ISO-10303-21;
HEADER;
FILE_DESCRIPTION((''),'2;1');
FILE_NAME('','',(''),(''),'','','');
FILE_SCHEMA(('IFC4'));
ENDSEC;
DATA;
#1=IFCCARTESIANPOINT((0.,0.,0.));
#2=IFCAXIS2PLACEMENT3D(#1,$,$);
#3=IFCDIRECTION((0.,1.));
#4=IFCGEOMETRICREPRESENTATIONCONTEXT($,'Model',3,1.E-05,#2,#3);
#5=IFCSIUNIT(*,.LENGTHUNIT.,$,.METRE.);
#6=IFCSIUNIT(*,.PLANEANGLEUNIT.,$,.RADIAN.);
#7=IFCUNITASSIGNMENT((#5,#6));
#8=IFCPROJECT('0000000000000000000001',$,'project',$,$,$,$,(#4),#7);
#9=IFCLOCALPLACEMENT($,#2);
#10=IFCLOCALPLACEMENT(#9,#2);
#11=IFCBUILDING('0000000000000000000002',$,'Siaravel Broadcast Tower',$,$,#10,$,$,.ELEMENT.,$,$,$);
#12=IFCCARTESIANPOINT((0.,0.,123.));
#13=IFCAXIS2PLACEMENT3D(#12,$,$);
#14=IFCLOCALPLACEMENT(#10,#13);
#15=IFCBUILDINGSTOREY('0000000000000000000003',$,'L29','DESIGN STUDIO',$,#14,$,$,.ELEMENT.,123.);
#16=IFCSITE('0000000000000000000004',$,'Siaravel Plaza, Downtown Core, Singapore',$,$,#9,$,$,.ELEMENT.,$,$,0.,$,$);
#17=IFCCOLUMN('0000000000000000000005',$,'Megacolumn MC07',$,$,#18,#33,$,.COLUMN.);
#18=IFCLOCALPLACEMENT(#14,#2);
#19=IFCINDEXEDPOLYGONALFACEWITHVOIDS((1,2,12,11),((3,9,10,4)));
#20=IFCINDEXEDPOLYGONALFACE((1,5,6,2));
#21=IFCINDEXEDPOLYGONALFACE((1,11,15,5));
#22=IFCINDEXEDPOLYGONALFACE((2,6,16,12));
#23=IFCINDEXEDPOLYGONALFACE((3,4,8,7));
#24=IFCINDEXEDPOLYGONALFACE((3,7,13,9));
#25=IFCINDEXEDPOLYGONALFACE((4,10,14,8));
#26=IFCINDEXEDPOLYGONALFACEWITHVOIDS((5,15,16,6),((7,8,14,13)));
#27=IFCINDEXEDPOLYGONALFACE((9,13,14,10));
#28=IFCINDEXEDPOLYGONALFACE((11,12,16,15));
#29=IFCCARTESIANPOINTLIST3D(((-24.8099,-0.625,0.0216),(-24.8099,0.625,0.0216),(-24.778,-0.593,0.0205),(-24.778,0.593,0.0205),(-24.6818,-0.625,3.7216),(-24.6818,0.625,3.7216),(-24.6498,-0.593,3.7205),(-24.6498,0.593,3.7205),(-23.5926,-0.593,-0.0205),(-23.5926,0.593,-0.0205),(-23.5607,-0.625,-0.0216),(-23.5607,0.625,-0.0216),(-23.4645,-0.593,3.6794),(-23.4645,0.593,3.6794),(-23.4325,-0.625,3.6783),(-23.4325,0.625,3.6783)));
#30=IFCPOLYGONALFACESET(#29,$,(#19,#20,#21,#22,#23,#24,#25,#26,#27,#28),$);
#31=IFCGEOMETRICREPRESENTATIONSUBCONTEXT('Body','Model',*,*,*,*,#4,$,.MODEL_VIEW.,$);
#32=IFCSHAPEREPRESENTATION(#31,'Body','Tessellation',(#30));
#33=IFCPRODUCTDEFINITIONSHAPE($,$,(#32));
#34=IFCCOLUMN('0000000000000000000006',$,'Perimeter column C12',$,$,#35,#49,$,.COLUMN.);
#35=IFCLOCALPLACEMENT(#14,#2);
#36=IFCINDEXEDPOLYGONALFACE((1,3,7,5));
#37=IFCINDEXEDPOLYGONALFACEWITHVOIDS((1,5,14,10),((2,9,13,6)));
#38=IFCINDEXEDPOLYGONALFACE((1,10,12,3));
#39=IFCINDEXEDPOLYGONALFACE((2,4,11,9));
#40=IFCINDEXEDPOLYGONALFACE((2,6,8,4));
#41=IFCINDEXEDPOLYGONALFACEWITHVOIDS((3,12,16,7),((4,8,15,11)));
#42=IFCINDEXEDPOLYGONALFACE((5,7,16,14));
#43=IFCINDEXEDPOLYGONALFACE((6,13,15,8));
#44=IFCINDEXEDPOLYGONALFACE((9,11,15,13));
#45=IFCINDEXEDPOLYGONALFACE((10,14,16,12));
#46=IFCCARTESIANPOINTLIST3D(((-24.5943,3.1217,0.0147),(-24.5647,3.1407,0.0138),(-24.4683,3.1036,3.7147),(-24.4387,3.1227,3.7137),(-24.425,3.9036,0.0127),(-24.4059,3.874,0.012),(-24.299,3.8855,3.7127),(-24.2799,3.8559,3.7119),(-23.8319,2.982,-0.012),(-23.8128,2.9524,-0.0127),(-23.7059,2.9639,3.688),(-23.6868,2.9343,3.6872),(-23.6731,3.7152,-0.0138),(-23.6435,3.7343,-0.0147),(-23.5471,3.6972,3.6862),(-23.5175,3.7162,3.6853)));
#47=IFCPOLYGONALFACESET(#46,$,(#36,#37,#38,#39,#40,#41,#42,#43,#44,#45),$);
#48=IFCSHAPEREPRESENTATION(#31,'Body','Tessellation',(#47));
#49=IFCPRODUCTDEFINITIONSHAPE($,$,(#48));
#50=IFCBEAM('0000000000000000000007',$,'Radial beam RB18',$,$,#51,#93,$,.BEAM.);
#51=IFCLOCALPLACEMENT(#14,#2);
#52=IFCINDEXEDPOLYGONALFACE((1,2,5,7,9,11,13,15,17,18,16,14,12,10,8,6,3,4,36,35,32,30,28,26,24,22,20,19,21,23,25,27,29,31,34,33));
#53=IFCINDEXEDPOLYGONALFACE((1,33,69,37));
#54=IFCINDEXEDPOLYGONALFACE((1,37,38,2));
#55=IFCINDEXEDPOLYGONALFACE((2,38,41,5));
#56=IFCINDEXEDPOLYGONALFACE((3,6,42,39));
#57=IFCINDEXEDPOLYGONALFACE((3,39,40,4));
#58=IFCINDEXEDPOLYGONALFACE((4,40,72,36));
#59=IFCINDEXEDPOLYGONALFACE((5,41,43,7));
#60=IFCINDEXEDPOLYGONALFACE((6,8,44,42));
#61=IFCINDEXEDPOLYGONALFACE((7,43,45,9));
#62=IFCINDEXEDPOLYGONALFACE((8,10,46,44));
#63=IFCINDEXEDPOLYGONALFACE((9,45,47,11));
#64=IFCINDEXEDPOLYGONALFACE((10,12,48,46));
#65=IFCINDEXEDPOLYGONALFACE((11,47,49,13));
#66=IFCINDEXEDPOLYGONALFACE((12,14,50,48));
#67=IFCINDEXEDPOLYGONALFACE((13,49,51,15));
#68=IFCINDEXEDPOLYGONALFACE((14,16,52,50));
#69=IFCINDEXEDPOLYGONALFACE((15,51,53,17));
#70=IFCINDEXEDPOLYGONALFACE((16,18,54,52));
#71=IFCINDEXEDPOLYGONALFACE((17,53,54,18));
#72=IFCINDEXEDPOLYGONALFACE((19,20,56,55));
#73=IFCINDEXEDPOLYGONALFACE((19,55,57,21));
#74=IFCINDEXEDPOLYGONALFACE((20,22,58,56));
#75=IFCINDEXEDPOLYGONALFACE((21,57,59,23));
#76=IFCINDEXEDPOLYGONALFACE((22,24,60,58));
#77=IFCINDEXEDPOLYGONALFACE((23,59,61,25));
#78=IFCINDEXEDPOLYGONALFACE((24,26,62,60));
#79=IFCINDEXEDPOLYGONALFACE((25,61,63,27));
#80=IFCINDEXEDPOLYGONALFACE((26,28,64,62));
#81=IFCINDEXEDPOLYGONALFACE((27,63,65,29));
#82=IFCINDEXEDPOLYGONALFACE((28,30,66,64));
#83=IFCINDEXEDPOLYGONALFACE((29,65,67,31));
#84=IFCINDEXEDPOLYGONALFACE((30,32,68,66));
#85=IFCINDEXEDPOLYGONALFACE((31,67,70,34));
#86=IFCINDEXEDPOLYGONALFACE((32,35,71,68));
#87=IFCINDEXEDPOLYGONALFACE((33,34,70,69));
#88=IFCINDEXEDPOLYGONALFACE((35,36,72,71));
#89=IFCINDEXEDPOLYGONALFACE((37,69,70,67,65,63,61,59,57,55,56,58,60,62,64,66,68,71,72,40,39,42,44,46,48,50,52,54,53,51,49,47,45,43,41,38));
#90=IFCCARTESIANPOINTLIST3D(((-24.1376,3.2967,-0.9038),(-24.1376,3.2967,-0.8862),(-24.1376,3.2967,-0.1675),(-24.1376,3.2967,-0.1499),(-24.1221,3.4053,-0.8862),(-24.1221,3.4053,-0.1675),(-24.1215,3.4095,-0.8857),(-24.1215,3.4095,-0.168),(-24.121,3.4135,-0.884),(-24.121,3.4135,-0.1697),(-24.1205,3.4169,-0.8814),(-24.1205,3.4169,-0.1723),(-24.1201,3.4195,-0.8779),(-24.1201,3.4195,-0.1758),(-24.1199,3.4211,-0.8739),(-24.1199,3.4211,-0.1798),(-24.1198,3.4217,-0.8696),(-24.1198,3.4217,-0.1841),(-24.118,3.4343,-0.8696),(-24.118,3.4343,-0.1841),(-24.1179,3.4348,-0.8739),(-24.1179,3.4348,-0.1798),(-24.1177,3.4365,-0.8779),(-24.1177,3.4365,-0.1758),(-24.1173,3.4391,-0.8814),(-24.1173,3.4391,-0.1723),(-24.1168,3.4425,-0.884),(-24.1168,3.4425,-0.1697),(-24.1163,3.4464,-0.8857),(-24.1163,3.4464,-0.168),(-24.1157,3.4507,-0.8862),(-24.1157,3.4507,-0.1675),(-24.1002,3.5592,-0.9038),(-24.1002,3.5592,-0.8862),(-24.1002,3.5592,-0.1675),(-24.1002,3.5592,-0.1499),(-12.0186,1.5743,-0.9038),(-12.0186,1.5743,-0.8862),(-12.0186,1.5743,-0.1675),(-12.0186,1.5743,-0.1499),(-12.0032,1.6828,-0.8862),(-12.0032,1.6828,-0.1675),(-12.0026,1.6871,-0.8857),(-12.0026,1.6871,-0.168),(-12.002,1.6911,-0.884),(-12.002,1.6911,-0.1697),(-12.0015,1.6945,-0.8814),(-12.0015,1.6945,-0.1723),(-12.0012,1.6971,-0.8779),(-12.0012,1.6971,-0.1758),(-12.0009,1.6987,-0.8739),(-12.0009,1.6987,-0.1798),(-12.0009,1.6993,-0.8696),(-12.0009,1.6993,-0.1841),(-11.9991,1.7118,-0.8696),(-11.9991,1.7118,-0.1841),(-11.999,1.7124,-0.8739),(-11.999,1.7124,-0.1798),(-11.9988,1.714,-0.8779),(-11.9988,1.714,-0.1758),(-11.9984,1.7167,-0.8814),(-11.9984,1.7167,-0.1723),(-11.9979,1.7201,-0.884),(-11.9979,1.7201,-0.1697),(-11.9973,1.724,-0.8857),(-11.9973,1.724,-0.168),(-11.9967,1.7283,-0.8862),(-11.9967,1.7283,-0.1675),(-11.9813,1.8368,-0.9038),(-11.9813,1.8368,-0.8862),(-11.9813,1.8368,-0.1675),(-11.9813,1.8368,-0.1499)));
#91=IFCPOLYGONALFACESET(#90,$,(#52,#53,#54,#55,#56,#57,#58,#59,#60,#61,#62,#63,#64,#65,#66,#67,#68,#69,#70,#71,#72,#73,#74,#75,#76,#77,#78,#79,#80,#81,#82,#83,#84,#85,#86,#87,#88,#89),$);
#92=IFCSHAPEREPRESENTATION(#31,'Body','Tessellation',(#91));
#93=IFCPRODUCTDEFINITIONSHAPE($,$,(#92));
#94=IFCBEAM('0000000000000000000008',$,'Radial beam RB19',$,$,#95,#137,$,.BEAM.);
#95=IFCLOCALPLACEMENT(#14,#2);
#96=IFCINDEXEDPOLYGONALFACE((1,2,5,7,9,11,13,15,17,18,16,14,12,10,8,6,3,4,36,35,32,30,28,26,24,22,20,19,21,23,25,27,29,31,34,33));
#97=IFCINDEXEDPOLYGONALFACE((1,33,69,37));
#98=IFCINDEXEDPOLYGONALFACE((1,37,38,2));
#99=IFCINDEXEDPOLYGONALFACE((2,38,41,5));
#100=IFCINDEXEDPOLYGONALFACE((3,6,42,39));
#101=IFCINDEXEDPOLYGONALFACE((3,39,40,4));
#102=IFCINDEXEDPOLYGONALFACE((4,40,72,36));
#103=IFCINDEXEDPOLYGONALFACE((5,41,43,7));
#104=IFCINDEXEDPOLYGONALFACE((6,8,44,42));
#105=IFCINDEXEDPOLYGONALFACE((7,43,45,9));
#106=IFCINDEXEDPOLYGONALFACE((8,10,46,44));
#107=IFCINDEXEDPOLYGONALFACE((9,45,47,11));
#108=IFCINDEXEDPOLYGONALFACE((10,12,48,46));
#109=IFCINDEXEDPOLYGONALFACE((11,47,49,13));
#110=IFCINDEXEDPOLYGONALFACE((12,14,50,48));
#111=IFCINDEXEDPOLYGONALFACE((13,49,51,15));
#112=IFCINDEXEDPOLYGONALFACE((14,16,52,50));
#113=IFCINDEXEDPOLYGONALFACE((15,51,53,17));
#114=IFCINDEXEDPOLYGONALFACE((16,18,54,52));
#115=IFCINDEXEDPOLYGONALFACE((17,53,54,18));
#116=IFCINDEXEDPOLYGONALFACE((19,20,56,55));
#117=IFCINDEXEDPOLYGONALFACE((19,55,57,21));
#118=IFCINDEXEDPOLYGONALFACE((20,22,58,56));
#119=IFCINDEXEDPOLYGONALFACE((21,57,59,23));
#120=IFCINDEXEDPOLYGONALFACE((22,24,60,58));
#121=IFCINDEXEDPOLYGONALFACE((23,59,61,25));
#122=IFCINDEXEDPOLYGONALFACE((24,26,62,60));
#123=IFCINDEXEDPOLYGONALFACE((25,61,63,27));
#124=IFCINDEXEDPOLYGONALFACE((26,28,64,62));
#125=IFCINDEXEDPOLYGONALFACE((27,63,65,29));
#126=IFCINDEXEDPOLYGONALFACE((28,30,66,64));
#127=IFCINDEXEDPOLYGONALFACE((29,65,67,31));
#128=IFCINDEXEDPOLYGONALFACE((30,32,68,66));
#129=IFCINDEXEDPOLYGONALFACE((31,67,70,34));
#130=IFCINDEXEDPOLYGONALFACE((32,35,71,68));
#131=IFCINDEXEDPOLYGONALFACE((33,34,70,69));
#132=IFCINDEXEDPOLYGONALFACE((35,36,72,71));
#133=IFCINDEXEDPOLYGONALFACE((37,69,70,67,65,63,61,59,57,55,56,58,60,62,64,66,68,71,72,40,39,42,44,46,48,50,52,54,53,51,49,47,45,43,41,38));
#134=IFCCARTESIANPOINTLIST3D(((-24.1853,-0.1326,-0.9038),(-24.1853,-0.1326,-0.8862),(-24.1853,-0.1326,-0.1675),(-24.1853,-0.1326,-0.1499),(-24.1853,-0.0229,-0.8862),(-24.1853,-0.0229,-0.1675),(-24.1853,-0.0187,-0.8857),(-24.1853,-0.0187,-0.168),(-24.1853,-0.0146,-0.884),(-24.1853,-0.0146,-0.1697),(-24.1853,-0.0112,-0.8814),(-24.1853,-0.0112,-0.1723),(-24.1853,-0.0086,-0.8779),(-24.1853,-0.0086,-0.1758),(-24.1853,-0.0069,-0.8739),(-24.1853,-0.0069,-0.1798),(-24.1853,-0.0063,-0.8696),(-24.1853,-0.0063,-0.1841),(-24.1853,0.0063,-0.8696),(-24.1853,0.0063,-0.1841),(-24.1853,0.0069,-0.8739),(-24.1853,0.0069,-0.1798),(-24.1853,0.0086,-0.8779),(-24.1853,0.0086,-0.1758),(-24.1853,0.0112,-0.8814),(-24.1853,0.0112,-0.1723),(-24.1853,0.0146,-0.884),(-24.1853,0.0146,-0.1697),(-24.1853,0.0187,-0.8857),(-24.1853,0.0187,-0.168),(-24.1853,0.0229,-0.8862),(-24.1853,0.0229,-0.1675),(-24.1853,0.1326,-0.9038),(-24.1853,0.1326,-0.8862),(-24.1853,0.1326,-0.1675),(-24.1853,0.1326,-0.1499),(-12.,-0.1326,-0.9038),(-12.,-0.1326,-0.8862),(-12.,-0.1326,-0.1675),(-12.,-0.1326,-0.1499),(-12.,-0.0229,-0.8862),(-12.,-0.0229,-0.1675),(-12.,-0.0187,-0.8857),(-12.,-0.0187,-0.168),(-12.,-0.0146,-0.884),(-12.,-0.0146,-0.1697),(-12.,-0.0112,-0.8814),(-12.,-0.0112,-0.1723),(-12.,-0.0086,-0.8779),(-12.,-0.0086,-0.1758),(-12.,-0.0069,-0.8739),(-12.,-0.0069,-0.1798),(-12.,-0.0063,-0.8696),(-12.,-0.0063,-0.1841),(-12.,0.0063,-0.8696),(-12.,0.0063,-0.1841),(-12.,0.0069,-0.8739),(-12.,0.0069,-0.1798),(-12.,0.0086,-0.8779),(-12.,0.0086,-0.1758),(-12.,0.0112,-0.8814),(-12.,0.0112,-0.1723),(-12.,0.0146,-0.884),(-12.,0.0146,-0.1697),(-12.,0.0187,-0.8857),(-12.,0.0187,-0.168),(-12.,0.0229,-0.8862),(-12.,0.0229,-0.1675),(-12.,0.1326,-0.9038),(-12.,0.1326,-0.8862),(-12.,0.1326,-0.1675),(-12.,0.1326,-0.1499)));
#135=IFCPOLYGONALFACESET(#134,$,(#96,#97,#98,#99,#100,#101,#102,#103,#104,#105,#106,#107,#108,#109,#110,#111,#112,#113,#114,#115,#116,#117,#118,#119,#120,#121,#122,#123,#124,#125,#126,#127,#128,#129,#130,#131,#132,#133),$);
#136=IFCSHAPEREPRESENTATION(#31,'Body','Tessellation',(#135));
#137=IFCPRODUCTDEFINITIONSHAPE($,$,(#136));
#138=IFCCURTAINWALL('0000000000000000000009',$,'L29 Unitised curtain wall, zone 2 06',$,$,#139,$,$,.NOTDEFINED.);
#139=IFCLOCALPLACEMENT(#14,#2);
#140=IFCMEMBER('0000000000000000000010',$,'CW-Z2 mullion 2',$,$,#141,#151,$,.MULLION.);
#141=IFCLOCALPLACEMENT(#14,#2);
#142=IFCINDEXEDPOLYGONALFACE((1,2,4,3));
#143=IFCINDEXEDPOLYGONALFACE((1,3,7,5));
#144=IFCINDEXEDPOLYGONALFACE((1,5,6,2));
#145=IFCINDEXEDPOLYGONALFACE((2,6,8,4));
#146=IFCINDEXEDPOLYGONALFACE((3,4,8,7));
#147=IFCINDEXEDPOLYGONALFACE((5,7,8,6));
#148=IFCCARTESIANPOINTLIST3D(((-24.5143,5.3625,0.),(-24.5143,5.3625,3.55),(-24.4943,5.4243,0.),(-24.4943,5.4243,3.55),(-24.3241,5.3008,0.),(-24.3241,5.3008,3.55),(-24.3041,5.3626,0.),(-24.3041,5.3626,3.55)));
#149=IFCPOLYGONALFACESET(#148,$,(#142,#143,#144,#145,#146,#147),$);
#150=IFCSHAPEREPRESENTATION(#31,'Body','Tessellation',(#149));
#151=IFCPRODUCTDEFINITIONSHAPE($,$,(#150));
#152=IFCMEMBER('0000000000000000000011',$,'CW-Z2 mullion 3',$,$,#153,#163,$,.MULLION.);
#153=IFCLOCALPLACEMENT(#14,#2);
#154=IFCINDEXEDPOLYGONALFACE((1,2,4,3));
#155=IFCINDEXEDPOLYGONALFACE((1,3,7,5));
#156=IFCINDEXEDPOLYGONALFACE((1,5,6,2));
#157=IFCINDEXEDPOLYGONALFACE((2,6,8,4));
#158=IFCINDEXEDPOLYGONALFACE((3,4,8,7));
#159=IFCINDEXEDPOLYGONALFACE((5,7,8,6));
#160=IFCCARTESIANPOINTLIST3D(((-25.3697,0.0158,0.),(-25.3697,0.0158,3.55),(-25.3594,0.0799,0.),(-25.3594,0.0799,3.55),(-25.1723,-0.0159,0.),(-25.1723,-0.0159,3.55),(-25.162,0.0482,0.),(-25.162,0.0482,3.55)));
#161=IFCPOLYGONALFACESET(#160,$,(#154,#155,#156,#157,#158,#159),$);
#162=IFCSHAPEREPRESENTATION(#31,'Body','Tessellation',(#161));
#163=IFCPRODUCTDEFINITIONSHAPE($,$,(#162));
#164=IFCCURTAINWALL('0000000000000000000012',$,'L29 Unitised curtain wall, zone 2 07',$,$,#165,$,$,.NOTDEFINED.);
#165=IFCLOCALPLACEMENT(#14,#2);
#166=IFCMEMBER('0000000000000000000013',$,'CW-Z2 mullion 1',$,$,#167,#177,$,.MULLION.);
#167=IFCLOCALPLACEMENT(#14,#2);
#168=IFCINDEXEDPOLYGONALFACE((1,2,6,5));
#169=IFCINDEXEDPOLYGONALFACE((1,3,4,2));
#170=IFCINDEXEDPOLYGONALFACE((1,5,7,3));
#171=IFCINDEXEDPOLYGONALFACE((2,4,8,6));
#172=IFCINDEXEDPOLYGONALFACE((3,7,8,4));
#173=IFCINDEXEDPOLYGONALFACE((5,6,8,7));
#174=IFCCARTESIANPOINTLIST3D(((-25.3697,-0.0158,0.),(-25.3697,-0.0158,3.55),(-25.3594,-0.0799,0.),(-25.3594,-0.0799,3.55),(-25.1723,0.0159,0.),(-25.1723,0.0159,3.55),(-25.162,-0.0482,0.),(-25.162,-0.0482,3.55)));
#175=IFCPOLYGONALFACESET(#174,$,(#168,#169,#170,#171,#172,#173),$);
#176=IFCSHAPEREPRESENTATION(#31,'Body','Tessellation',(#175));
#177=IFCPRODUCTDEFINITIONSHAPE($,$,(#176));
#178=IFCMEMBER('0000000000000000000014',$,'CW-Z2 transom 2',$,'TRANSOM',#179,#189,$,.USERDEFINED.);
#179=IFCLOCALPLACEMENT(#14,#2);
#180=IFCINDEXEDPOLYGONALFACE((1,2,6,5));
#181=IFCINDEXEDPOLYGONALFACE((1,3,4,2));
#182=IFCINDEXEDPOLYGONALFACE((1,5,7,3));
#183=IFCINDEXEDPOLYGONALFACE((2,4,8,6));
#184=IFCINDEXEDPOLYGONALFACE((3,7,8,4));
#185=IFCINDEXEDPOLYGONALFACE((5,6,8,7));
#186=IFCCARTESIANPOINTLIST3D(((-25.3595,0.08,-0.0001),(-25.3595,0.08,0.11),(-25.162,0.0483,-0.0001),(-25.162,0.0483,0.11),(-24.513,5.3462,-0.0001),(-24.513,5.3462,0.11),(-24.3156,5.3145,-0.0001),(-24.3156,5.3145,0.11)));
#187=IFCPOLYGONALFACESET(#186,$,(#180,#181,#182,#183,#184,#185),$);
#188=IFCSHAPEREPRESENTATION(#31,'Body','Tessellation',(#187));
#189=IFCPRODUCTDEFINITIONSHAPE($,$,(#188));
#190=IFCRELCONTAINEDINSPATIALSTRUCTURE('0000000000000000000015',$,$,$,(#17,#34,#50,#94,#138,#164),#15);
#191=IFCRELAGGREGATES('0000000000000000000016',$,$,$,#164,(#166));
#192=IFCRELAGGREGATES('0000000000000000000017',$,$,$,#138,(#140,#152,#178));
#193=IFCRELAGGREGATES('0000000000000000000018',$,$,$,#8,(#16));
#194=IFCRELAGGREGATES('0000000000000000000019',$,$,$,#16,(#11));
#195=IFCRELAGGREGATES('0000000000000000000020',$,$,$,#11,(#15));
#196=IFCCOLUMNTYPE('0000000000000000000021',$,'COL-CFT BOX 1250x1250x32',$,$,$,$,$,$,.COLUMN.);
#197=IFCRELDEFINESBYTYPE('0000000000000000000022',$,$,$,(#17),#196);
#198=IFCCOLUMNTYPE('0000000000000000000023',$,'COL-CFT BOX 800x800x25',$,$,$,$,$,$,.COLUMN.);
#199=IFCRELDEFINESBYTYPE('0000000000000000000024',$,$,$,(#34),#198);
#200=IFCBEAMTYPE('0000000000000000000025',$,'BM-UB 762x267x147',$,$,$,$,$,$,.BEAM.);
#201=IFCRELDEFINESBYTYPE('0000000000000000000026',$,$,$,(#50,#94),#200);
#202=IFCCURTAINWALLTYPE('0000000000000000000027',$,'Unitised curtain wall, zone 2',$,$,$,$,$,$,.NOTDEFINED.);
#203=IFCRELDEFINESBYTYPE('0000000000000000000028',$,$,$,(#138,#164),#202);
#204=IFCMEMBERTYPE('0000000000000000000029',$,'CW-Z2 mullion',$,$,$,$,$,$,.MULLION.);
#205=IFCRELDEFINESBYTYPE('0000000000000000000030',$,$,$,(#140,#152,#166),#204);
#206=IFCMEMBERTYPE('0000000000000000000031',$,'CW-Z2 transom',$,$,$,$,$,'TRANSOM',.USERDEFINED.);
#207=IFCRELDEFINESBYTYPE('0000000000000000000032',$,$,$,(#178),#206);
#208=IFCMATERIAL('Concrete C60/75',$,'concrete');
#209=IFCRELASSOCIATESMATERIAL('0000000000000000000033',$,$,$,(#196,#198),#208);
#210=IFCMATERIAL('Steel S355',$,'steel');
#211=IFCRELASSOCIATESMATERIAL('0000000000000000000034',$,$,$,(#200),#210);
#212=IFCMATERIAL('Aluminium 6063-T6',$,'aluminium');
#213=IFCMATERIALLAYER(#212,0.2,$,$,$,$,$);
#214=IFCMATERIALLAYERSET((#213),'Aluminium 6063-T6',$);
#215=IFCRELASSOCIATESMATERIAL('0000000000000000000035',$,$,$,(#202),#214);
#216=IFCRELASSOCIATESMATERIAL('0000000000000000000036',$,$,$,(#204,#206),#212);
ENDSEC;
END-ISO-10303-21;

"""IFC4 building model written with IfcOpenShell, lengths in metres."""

from ifc_helpers import new_model, si_unit, direction, frame, origin, origin_2d, place, context, subcontext, project, spatial, rectangle, hollow_rectangle, i_section, extrude, material, layer, layer_set, material_profile, profile_set, type_object, element, aggregate, save


model = new_model("IFC4")

# Units and contexts
model_context = context("Model", 3, precision=1e-05, world=origin(), true_north=direction((0.0, 1.0)))
body_context = subcontext(model_context, "Body", "Model", "MODEL_VIEW")
ifc_project = project(units=[si_unit("LENGTHUNIT", "METRE"), si_unit("PLANEANGLEUNIT", "RADIAN")], contexts=[model_context])

# Site, building, storey
site_placement = place(None, origin())
site = spatial("IfcSite", under=ifc_project, at=site_placement, Name="Siaravel Plaza, Downtown Core, Singapore", CompositionType="ELEMENT", RefElevation=0.0)
building_placement = place(site_placement, origin())
building = spatial("IfcBuilding", under=site, at=building_placement, Name="Siaravel Broadcast Tower", CompositionType="ELEMENT")
storey_placement = place(building_placement, frame((0.0, 0.0, 123.0)))
storey = spatial("IfcBuildingStorey", under=building, at=storey_placement, Name="L29", Description="DESIGN STUDIO", CompositionType="ELEMENT", Elevation=123.0)

# Columns
ifc_material_1 = material(Name="Concrete C60/75", Category="concrete")
ifc_material_profile_1 = material_profile(ifc_material_1, hollow_rectangle(XDim=1.25, YDim=1.25, WallThickness=0.032, at=origin_2d()))
ifc_profile_set_1 = profile_set([ifc_material_profile_1], Name="Concrete C60/75")
column_type_1 = type_object("IfcColumnType", Name="COL-CFT BOX 1250x1250x32", PredefinedType="COLUMN", material=ifc_profile_set_1)
column_1_placement = place(storey_placement, frame((-24.1853, 0.0, 0.0), z_axis=(0.034621, 0.0, 0.999401), x_axis=(0.0, 1.0, 0.0)))
element("IfcColumn", 1, at=column_1_placement, inside=storey, type_object=column_type_1, Name="Megacolumn MC07", PredefinedType="COLUMN", context=body_context, shape_type="SweptSolid", body=[
    extrude(hollow_rectangle(XDim=1.25, YDim=1.25, WallThickness=0.032, at=origin_2d()), origin(), (0.0, 0.0, 1.0), 3.7021),
])
ifc_material_profile_2 = material_profile(ifc_material_1, hollow_rectangle(XDim=0.8, YDim=0.8, WallThickness=0.0249, at=origin_2d()))
ifc_profile_set_2 = profile_set([ifc_material_profile_2], Name="Concrete C60/75")
column_type_2 = type_object("IfcColumnType", Name="COL-CFT BOX 800x800x25", PredefinedType="COLUMN", material=ifc_profile_set_2)
column_2_placement = place(storey_placement, frame((-24.1189, 3.428, 0.0), z_axis=(0.034028, -0.00488, 0.999409), x_axis=(0.211628, 0.977347, -0.002433)))
element("IfcColumn", 2, at=column_2_placement, inside=storey, type_object=column_type_2, Name="Perimeter column C12", PredefinedType="COLUMN", context=body_context, shape_type="SweptSolid", body=[
    extrude(hollow_rectangle(XDim=0.8, YDim=0.8, WallThickness=0.0249, at=origin_2d()), origin(), (0.0, 0.0, 1.0), 3.7021),
])

# Beams
ifc_material_2 = material(Name="Steel S355", Category="steel")
ifc_material_profile_3 = material_profile(ifc_material_2, i_section(OverallWidth=0.2651, OverallDepth=0.7539, WebThickness=0.0127, FlangeThickness=0.0176, FilletRadius=0.0166, at=origin_2d()))
ifc_profile_set_3 = profile_set([ifc_material_profile_3], Name="Steel S355")
beam_type = type_object("IfcBeamType", Name="BM-UB 762x267x147", PredefinedType="BEAM", material=ifc_profile_set_3)
beam_1_placement = place(storey_placement, frame((-24.1189, 3.428, -0.5269), z_axis=(0.990051, -0.140712, 0.0), x_axis=(0.140712, 0.990051, 0.0)))
element("IfcBeam", 3, at=beam_1_placement, inside=storey, type_object=beam_type, Name="Radial beam RB18", PredefinedType="BEAM", context=body_context, shape_type="SweptSolid", body=[
    extrude(i_section(OverallWidth=0.2651, OverallDepth=0.7539, WebThickness=0.0127, FlangeThickness=0.0176, FilletRadius=0.0166, at=origin_2d()), origin(), (0.0, 0.0, 1.0), 12.2407),
])
beam_2_placement = place(storey_placement, frame((-24.1853, 0.0, -0.5269), z_axis=(1.0, 0.0, 0.0), x_axis=(0.0, 1.0, 0.0)))
element("IfcBeam", 4, at=beam_2_placement, inside=storey, type_object=beam_type, Name="Radial beam RB19", PredefinedType="BEAM", context=body_context, shape_type="SweptSolid", body=[
    extrude(i_section(OverallWidth=0.2651, OverallDepth=0.7539, WebThickness=0.0127, FlangeThickness=0.0176, FilletRadius=0.0166, at=origin_2d()), origin(), (0.0, 0.0, 1.0), 12.1853),
])

# Curtain wall, members
ifc_material_3 = material(Name="Aluminium 6063-T6", Category="aluminium")
ifc_layer_1 = layer(ifc_material_3, 0.2)
ifc_layer_set_1 = layer_set([ifc_layer_1], Name="Aluminium 6063-T6")
curtain_wall_type = type_object("IfcCurtainWallType", Name="Unitised curtain wall, zone 2", PredefinedType="NOTDEFINED", material=ifc_layer_set_1)
curtain_wall_1_placement = place(storey_placement, origin())
curtain_wall_1 = element("IfcCurtainWall", 5, at=curtain_wall_1_placement, inside=storey, type_object=curtain_wall_type, Name="L29 Unitised curtain wall, zone 2 06", PredefinedType="NOTDEFINED")
ifc_material_profile_4 = material_profile(ifc_material_3, rectangle(XDim=0.2, YDim=0.0649, at=origin_2d()))
ifc_profile_set_4 = profile_set([ifc_material_profile_4], Name="Aluminium 6063-T6")
member_type_1 = type_object("IfcMemberType", Name="CW-Z2 mullion", PredefinedType="MULLION", material=ifc_profile_set_4)
member_1_placement = place(storey_placement, frame((-24.4092, 5.3625, 0.0), z_axis=(0.0, 0.0, 1.0), x_axis=(0.951177, -0.308645, 0.0)))
member_1 = element("IfcMember", 6, at=member_1_placement, type_object=member_type_1, Name="CW-Z2 mullion 2", PredefinedType="MULLION", context=body_context, shape_type="SweptSolid", body=[
    extrude(rectangle(XDim=0.2, YDim=0.0649, at=origin_2d()), origin(), (0.0, 0.0, 1.0), 3.55),
])
member_2_placement = place(storey_placement, frame((-25.2659, 0.032, 0.0), z_axis=(0.0, 0.0, 1.0), x_axis=(0.987329, -0.158686, 0.0)))
member_2 = element("IfcMember", 7, at=member_2_placement, type_object=member_type_1, Name="CW-Z2 mullion 3", PredefinedType="MULLION", context=body_context, shape_type="SweptSolid", body=[
    extrude(rectangle(XDim=0.2, YDim=0.0649, at=origin_2d()), origin(), (0.0, 0.0, 1.0), 3.55),
])

# Curtain wall, member
curtain_wall_2_placement = place(storey_placement, origin())
curtain_wall_2 = element("IfcCurtainWall", 8, at=curtain_wall_2_placement, inside=storey, type_object=curtain_wall_type, Name="L29 Unitised curtain wall, zone 2 07", PredefinedType="NOTDEFINED")
member_3_placement = place(storey_placement, frame((-25.2659, -0.032, 0.0), z_axis=(0.0, 0.0, 1.0), x_axis=(0.987329, 0.158686, 0.0)))
member_3 = element("IfcMember", 9, at=member_3_placement, type_object=member_type_1, Name="CW-Z2 mullion 1", PredefinedType="MULLION", context=body_context, shape_type="SweptSolid", body=[
    extrude(rectangle(XDim=0.2, YDim=0.0649, at=origin_2d()), origin(), (0.0, 0.0, 1.0), 3.55),
])

# Member
ifc_material_profile_5 = material_profile(ifc_material_3, rectangle(XDim=0.2, YDim=0.1101, at=origin_2d()))
ifc_profile_set_5 = profile_set([ifc_material_profile_5], Name="Aluminium 6063-T6")
member_type_2 = type_object("IfcMemberType", Name="CW-Z2 transom", ElementType="TRANSOM", PredefinedType="USERDEFINED", material=ifc_profile_set_5)
member_4_placement = place(storey_placement, frame((-24.4143, 5.3303, 0.0549), z_axis=(-0.158696, -0.987328, 0.0), x_axis=(0.987328, -0.158696, 0.0)))
member_4 = element("IfcMember", 10, at=member_4_placement, type_object=member_type_2, Name="CW-Z2 transom 2", ObjectType="TRANSOM", PredefinedType="USERDEFINED", context=body_context, shape_type="SweptSolid", body=[
    extrude(rectangle(XDim=0.2, YDim=0.1101, at=origin_2d()), origin(), (0.0, 0.0, 1.0), 5.3337),
])
aggregate(curtain_wall_2, [member_3])

aggregate(curtain_wall_1, [member_1, member_2, member_4])

save(model, "model.ifc")
